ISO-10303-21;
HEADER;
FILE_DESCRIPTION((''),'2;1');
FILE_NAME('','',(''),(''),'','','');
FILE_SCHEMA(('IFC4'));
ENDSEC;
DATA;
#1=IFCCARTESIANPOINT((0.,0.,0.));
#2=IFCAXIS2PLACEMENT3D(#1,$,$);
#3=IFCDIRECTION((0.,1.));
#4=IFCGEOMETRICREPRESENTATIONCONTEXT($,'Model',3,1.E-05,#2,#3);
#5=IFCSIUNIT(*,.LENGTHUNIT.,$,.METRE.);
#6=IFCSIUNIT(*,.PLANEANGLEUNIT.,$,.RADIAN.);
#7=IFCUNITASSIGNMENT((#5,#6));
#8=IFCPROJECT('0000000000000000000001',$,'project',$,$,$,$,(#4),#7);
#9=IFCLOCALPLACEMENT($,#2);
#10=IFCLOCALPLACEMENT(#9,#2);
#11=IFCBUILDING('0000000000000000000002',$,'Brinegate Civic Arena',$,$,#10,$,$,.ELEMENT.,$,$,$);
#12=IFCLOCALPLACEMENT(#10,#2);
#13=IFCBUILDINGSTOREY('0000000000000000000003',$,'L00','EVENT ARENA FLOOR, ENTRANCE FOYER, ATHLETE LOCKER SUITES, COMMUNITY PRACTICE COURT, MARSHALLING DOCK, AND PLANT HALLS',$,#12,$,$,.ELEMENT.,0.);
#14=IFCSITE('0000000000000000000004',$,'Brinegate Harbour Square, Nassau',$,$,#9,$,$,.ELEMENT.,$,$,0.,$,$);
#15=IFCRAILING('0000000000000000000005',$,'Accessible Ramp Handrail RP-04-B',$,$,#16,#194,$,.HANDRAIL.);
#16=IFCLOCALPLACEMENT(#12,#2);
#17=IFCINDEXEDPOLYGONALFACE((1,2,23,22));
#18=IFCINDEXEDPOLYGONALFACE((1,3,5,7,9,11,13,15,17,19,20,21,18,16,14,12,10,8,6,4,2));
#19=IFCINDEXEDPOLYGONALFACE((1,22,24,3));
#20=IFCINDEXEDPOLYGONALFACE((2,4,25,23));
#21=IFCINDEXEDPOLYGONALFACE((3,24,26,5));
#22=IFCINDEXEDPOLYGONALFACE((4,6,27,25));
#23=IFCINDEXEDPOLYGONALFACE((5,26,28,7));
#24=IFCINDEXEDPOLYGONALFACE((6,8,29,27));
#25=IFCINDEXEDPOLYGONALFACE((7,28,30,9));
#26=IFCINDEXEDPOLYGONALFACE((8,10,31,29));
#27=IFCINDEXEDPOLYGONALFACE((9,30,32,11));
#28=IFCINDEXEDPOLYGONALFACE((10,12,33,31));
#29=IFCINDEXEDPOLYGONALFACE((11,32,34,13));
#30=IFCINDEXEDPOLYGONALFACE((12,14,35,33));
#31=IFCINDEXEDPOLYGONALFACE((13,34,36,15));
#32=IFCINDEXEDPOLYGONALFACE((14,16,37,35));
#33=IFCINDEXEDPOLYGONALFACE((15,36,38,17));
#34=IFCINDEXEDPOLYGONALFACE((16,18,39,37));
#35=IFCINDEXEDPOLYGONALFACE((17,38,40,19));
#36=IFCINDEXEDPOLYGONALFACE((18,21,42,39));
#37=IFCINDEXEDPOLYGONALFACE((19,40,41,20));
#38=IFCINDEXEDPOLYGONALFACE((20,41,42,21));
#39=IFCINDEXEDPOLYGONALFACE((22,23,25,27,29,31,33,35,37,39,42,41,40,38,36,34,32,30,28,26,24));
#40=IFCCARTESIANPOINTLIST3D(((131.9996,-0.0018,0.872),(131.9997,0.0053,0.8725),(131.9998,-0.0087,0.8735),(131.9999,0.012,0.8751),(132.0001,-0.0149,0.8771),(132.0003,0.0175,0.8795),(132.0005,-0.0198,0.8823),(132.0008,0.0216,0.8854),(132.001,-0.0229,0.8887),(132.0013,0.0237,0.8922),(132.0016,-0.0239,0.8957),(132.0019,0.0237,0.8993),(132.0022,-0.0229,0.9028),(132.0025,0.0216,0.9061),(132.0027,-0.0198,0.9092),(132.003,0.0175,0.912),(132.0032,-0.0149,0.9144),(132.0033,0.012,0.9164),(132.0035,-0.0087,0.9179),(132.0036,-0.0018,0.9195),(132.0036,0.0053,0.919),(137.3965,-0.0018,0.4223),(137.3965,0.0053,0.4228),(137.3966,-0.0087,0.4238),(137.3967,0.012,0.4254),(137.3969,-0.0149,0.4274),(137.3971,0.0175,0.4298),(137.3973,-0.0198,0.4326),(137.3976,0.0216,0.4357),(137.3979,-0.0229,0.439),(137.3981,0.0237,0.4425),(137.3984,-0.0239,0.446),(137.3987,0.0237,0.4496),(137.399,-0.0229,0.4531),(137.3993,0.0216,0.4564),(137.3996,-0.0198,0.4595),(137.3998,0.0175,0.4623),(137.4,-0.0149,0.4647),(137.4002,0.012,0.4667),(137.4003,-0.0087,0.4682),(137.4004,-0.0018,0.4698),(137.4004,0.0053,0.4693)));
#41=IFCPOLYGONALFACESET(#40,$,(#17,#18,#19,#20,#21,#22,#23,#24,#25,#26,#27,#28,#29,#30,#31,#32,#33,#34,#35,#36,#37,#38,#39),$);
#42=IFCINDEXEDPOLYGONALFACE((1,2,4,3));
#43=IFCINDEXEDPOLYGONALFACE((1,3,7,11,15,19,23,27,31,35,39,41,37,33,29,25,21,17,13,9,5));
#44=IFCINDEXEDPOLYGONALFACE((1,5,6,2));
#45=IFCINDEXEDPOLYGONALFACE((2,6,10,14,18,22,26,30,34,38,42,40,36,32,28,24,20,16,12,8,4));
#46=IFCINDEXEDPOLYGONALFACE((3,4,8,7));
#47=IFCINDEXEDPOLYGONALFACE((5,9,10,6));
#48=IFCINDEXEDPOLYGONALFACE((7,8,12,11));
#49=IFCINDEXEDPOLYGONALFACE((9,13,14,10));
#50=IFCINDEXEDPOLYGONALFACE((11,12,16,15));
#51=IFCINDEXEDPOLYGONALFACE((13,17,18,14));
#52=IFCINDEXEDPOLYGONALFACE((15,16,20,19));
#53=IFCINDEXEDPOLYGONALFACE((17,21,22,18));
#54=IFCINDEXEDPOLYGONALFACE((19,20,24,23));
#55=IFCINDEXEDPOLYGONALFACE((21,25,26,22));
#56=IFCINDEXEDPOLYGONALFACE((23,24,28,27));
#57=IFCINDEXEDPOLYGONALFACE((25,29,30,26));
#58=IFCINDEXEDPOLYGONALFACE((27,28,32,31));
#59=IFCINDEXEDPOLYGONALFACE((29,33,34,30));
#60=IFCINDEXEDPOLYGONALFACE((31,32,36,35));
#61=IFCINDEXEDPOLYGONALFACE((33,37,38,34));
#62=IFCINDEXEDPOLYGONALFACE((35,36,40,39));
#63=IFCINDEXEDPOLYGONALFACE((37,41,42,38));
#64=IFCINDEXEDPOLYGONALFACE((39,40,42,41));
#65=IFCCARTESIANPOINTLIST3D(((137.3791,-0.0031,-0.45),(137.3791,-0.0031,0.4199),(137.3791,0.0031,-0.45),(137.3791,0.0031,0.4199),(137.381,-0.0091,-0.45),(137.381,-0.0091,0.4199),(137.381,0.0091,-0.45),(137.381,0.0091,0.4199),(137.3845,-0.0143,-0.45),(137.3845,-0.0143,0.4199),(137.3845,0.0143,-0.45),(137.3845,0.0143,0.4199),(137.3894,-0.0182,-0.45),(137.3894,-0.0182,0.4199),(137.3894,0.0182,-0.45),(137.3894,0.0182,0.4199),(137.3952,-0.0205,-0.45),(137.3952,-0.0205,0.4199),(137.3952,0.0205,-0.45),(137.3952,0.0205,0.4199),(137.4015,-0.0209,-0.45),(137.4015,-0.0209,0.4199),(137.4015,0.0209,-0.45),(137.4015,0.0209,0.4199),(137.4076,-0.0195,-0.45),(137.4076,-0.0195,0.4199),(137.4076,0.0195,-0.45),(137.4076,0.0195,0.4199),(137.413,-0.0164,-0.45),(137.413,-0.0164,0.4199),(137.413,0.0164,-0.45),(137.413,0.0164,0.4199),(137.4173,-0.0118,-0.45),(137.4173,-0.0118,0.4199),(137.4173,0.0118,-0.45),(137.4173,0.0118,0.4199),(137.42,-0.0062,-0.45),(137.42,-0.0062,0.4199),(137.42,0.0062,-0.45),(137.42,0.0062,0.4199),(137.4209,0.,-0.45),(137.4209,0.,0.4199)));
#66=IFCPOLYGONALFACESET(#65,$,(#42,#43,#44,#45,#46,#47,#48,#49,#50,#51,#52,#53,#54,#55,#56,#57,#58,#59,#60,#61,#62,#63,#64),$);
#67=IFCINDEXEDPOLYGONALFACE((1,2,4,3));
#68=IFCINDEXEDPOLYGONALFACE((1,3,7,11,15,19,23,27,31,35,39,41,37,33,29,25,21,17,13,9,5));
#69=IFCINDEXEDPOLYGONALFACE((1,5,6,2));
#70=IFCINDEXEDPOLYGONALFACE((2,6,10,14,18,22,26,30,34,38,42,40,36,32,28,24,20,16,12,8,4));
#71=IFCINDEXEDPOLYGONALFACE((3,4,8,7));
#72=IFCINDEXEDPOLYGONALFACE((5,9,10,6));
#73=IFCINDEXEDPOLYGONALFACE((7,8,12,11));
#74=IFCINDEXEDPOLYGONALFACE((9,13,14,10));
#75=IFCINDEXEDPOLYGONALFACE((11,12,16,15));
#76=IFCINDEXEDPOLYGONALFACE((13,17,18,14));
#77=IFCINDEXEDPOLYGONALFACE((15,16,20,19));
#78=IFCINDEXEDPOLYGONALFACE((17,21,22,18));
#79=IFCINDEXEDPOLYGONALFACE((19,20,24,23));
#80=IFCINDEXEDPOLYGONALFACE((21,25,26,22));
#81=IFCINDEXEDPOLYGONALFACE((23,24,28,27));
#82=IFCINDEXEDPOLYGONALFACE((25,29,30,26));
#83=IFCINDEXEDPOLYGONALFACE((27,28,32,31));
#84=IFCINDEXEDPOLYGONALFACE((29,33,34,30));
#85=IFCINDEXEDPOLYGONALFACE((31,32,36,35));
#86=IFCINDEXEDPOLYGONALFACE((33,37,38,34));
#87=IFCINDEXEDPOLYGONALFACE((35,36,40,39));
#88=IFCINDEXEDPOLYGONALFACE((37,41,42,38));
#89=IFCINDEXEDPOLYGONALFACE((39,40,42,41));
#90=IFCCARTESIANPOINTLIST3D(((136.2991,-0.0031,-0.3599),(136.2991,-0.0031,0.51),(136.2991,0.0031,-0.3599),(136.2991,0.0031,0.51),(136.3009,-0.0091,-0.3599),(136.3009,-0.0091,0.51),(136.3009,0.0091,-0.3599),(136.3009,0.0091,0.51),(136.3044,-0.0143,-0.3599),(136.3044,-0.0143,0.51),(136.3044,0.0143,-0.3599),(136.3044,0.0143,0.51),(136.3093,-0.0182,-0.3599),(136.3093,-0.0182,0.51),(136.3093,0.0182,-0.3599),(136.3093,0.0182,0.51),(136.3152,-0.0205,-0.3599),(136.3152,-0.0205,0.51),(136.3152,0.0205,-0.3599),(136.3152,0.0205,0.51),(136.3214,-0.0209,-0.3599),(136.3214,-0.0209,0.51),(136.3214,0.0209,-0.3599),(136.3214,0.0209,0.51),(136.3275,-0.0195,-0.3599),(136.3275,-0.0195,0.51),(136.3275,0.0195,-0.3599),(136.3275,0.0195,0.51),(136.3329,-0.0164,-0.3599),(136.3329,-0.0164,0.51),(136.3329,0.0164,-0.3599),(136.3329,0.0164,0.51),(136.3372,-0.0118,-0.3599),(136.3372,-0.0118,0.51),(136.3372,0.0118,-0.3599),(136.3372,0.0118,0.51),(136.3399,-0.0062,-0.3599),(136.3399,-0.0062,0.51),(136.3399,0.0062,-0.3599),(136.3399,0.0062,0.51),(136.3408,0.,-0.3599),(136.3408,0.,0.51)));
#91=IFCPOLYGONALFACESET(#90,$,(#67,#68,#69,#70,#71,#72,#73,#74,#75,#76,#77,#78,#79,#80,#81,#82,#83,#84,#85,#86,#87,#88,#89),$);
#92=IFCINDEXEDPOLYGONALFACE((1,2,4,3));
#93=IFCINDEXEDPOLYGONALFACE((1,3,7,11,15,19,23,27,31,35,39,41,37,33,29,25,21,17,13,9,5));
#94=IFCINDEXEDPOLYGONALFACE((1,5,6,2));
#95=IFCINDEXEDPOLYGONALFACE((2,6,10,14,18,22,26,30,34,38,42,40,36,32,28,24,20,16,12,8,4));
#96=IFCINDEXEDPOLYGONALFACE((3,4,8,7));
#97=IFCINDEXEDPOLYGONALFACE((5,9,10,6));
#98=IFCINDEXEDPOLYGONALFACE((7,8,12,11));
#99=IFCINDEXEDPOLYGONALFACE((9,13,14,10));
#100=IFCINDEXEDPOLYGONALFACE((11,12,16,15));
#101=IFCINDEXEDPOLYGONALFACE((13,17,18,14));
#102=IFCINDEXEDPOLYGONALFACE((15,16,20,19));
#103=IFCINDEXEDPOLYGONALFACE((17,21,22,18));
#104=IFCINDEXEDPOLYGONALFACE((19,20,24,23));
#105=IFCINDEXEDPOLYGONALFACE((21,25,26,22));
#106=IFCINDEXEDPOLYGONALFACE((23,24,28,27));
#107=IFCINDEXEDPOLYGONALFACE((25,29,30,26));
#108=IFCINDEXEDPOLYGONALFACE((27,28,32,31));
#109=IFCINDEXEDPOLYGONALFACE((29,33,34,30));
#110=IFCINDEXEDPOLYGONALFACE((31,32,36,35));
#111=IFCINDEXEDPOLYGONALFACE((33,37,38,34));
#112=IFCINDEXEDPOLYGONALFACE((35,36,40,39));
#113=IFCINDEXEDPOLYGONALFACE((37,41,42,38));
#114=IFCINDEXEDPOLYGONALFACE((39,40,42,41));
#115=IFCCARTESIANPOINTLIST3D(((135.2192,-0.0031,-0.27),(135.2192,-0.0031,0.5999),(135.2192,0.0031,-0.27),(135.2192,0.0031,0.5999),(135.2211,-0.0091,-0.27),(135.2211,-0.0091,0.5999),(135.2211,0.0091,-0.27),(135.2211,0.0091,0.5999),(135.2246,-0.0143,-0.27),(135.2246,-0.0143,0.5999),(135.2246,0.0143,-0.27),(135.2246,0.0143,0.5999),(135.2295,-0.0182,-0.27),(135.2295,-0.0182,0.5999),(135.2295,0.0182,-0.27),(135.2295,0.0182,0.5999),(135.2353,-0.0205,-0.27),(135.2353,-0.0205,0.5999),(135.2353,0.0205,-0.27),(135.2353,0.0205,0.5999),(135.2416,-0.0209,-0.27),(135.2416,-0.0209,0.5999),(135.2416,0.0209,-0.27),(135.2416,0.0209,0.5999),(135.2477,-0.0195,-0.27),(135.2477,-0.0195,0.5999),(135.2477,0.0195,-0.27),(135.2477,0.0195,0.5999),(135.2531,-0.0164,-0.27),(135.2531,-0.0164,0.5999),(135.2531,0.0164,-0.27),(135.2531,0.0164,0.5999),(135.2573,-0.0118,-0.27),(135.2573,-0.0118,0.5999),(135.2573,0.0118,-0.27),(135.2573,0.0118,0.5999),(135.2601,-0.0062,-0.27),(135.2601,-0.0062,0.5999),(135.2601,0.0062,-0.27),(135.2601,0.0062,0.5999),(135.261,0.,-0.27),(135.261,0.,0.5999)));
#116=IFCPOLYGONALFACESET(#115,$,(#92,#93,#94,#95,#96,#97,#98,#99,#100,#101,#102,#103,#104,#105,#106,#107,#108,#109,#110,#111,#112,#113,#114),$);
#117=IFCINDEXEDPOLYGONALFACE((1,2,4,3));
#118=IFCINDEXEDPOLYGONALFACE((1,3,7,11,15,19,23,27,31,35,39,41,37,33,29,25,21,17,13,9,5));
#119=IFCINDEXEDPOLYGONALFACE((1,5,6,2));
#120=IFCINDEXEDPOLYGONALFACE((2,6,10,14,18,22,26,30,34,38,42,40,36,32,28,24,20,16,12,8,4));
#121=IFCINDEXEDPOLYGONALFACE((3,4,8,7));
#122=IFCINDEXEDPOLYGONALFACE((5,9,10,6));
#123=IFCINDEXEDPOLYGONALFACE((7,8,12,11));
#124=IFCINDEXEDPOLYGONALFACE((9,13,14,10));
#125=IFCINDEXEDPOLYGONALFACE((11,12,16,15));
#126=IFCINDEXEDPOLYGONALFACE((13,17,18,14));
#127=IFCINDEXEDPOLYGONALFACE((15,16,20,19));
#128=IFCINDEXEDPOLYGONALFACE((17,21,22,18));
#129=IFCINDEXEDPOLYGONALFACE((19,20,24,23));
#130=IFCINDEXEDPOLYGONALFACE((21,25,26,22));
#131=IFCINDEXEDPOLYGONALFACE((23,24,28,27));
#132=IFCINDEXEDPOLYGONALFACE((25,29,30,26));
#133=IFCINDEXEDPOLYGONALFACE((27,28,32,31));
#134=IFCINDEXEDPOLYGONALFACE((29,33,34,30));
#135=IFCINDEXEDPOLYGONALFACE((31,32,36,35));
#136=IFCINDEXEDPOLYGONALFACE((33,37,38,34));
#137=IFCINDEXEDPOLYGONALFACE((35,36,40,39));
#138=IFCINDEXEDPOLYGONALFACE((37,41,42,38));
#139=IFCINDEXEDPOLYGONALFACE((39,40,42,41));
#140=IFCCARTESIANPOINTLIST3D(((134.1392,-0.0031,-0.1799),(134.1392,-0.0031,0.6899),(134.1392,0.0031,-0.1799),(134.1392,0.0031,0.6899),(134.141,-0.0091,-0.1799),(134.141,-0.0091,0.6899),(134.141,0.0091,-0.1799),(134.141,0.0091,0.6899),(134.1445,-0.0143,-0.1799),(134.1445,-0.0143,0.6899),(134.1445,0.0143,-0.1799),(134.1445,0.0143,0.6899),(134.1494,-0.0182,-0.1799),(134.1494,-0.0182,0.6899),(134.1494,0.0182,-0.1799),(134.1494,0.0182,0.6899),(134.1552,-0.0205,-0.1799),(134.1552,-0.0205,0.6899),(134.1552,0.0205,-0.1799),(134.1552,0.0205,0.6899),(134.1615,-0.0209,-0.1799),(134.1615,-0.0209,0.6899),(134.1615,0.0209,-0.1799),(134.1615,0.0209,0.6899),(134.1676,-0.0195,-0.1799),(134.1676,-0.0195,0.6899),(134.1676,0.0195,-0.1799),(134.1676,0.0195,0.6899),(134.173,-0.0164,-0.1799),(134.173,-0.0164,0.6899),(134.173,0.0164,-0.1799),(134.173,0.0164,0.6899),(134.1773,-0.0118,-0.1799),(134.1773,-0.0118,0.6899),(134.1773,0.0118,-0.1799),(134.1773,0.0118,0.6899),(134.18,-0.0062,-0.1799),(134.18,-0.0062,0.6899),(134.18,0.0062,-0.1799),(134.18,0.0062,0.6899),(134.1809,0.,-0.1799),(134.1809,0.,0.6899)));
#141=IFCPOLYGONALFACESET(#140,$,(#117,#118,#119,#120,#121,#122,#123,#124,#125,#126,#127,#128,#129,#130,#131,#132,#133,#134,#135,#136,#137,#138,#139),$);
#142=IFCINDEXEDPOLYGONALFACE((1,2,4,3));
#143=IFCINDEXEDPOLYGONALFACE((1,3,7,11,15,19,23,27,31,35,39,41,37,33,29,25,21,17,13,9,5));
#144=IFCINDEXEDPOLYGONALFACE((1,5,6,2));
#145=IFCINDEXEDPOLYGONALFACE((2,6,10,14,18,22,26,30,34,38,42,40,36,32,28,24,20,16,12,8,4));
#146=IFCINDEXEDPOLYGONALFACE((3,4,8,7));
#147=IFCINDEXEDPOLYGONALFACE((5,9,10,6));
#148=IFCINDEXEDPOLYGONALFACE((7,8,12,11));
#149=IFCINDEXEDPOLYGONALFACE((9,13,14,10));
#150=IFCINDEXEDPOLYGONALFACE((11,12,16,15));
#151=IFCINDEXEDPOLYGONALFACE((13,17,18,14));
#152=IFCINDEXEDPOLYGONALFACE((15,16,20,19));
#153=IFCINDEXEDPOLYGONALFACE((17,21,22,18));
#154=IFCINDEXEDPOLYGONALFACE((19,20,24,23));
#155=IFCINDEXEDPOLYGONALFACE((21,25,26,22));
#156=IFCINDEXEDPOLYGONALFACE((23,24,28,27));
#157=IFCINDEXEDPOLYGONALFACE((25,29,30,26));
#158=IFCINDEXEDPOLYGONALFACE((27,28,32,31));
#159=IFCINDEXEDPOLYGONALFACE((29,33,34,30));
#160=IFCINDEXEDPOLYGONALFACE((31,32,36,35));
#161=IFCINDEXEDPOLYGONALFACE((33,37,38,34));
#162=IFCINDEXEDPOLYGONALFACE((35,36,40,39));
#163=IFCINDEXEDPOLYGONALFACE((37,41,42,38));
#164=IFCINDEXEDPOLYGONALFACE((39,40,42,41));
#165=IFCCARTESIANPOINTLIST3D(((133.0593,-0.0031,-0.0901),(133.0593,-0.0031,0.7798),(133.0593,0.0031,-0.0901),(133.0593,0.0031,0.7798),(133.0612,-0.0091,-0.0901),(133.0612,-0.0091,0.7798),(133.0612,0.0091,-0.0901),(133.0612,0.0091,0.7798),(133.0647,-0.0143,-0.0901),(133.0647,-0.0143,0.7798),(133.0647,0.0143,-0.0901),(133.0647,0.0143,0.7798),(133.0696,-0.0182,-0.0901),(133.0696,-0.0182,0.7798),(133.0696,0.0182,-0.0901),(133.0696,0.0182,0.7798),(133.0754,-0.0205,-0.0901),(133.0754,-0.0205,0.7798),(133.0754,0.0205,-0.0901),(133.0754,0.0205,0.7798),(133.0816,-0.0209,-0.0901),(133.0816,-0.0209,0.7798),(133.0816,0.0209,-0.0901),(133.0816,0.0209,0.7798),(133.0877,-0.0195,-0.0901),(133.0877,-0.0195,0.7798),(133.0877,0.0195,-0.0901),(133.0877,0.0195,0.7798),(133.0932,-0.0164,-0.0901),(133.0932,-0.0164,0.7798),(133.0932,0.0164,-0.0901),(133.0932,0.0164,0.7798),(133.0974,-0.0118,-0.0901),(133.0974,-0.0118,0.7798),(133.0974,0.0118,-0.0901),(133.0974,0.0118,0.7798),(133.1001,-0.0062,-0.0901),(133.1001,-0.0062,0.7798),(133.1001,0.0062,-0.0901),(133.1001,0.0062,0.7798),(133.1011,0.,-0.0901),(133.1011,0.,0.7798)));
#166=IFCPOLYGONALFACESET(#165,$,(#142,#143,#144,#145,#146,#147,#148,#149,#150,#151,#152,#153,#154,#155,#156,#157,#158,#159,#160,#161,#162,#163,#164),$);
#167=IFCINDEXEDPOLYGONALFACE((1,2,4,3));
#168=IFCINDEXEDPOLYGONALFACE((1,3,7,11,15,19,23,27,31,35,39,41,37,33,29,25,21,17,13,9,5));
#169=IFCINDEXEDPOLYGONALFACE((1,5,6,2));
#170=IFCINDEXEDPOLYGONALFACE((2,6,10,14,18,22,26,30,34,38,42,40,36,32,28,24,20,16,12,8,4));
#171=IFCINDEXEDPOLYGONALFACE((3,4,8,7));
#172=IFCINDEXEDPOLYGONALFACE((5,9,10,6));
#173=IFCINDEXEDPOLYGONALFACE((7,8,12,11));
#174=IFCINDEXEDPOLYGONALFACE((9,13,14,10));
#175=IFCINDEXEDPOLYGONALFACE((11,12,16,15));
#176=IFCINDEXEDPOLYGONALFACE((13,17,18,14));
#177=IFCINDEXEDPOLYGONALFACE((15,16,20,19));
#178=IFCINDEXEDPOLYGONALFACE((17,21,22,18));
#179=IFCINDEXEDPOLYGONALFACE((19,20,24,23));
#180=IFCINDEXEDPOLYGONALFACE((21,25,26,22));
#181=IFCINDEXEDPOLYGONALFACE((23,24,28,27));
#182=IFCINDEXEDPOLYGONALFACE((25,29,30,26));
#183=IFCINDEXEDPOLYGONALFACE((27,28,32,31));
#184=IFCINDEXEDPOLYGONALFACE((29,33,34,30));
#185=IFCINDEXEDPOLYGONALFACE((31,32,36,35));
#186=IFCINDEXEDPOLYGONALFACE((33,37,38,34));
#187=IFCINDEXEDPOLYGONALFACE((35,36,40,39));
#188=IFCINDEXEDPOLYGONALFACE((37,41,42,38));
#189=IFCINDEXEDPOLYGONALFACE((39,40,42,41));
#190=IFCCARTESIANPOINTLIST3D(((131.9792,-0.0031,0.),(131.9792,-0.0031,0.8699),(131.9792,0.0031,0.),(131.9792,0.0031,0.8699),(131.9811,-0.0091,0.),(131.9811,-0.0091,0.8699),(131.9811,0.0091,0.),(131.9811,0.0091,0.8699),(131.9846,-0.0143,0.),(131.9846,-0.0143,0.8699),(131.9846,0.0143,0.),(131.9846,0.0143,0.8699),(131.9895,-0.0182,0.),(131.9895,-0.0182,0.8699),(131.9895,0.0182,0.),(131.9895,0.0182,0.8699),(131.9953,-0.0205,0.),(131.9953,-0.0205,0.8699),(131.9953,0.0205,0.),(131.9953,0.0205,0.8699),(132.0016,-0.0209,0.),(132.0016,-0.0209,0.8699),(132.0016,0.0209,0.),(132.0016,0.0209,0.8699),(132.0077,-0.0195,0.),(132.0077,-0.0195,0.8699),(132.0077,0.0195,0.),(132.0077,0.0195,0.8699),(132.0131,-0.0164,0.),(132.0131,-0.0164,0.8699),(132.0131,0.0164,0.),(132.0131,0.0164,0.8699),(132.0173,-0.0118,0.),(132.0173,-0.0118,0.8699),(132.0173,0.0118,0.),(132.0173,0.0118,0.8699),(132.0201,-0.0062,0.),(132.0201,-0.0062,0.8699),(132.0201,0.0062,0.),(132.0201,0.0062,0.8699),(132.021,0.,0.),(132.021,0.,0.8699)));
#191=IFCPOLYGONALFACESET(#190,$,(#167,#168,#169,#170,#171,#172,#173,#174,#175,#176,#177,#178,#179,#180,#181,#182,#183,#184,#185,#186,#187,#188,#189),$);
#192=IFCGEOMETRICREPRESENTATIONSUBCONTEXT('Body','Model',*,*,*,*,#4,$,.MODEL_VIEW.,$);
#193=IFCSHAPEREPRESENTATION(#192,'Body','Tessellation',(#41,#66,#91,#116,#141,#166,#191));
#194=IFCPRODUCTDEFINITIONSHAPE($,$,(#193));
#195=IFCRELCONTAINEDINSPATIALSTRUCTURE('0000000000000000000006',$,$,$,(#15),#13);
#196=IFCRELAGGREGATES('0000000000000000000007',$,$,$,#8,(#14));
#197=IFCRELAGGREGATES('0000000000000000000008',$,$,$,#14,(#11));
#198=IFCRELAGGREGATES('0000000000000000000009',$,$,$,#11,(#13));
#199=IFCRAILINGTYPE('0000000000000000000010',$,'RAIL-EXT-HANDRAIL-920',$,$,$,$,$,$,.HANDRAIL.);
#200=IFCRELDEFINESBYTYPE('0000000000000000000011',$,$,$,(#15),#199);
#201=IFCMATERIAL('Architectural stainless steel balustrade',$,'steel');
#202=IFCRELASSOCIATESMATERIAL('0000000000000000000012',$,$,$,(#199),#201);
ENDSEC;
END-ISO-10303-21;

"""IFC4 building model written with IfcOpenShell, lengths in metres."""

from ifc_helpers import new_model, si_unit, direction, frame, origin, origin_2d, place, context, subcontext, project, spatial, circle, extrude, material, type_object, element, save


model = new_model("IFC4")

# Units and contexts
model_context = context("Model", 3, precision=1e-05, world=origin(), true_north=direction((0.0, 1.0)))
body_context = subcontext(model_context, "Body", "Model", "MODEL_VIEW")
ifc_project = project(units=[si_unit("LENGTHUNIT", "METRE"), si_unit("PLANEANGLEUNIT", "RADIAN")], contexts=[model_context])

# Site, building, storey
site_placement = place(None, origin())
site = spatial("IfcSite", under=ifc_project, at=site_placement, Name="Brinegate Harbour Square, Nassau", CompositionType="ELEMENT", RefElevation=0.0)
building_placement = place(site_placement, origin())
building = spatial("IfcBuilding", under=site, at=building_placement, Name="Brinegate Civic Arena", CompositionType="ELEMENT")
storey_placement = place(building_placement, origin())
storey = spatial("IfcBuildingStorey", under=building, at=storey_placement, Name="L00", Description="EVENT ARENA FLOOR, ENTRANCE FOYER, ATHLETE LOCKER SUITES, COMMUNITY PRACTICE COURT, MARSHALLING DOCK, AND PLANT HALLS", CompositionType="ELEMENT", Elevation=0.0)

# Railing
ifc_material_1 = material(Name="Architectural stainless steel balustrade", Category="steel")
railing_type_1 = type_object("IfcRailingType", Name="RAIL-EXT-HANDRAIL-920", PredefinedType="HANDRAIL", material=ifc_material_1)
for number, where, name in (
    (1, (137.3999, 0.0, -0.45), "Accessible Ramp Handrail RP-04-B"),
):
    element("IfcRailing", number, at=place(storey_placement, frame(where)), inside=storey, type_object=railing_type_1, Name=name, PredefinedType="HANDRAIL", context=body_context, shape_type="SweptSolid", body=[
        extrude(circle(Radius=0.0239, at=origin_2d()), frame((-0.0015, 0.0, 0.896), z_axis=(-0.996546, 0.0, 0.083038), x_axis=(0.0, -1.0, 0.0)), (0.0, 0.0, 1.0), 5.4155),
        extrude(circle(Radius=0.021, at=origin_2d()), origin(), (0.0, 0.0, 1.0), 0.8699),
        extrude(circle(Radius=0.021, at=origin_2d()), frame((-1.0801, 0.0, 0.0901)), (0.0, 0.0, 1.0), 0.8699),
        extrude(circle(Radius=0.021, at=origin_2d()), frame((-2.1599, 0.0, 0.1799)), (0.0, 0.0, 1.0), 0.8699),
        extrude(circle(Radius=0.021, at=origin_2d()), frame((-3.24, 0.0, 0.27)), (0.0, 0.0, 1.0), 0.8699),
        extrude(circle(Radius=0.021, at=origin_2d()), frame((-4.3198, 0.0, 0.3599)), (0.0, 0.0, 1.0), 0.8699),
        extrude(circle(Radius=0.021, at=origin_2d()), frame((-5.3999, 0.0, 0.45)), (0.0, 0.0, 1.0), 0.8699),
    ])

save(model, "model.ifc")
